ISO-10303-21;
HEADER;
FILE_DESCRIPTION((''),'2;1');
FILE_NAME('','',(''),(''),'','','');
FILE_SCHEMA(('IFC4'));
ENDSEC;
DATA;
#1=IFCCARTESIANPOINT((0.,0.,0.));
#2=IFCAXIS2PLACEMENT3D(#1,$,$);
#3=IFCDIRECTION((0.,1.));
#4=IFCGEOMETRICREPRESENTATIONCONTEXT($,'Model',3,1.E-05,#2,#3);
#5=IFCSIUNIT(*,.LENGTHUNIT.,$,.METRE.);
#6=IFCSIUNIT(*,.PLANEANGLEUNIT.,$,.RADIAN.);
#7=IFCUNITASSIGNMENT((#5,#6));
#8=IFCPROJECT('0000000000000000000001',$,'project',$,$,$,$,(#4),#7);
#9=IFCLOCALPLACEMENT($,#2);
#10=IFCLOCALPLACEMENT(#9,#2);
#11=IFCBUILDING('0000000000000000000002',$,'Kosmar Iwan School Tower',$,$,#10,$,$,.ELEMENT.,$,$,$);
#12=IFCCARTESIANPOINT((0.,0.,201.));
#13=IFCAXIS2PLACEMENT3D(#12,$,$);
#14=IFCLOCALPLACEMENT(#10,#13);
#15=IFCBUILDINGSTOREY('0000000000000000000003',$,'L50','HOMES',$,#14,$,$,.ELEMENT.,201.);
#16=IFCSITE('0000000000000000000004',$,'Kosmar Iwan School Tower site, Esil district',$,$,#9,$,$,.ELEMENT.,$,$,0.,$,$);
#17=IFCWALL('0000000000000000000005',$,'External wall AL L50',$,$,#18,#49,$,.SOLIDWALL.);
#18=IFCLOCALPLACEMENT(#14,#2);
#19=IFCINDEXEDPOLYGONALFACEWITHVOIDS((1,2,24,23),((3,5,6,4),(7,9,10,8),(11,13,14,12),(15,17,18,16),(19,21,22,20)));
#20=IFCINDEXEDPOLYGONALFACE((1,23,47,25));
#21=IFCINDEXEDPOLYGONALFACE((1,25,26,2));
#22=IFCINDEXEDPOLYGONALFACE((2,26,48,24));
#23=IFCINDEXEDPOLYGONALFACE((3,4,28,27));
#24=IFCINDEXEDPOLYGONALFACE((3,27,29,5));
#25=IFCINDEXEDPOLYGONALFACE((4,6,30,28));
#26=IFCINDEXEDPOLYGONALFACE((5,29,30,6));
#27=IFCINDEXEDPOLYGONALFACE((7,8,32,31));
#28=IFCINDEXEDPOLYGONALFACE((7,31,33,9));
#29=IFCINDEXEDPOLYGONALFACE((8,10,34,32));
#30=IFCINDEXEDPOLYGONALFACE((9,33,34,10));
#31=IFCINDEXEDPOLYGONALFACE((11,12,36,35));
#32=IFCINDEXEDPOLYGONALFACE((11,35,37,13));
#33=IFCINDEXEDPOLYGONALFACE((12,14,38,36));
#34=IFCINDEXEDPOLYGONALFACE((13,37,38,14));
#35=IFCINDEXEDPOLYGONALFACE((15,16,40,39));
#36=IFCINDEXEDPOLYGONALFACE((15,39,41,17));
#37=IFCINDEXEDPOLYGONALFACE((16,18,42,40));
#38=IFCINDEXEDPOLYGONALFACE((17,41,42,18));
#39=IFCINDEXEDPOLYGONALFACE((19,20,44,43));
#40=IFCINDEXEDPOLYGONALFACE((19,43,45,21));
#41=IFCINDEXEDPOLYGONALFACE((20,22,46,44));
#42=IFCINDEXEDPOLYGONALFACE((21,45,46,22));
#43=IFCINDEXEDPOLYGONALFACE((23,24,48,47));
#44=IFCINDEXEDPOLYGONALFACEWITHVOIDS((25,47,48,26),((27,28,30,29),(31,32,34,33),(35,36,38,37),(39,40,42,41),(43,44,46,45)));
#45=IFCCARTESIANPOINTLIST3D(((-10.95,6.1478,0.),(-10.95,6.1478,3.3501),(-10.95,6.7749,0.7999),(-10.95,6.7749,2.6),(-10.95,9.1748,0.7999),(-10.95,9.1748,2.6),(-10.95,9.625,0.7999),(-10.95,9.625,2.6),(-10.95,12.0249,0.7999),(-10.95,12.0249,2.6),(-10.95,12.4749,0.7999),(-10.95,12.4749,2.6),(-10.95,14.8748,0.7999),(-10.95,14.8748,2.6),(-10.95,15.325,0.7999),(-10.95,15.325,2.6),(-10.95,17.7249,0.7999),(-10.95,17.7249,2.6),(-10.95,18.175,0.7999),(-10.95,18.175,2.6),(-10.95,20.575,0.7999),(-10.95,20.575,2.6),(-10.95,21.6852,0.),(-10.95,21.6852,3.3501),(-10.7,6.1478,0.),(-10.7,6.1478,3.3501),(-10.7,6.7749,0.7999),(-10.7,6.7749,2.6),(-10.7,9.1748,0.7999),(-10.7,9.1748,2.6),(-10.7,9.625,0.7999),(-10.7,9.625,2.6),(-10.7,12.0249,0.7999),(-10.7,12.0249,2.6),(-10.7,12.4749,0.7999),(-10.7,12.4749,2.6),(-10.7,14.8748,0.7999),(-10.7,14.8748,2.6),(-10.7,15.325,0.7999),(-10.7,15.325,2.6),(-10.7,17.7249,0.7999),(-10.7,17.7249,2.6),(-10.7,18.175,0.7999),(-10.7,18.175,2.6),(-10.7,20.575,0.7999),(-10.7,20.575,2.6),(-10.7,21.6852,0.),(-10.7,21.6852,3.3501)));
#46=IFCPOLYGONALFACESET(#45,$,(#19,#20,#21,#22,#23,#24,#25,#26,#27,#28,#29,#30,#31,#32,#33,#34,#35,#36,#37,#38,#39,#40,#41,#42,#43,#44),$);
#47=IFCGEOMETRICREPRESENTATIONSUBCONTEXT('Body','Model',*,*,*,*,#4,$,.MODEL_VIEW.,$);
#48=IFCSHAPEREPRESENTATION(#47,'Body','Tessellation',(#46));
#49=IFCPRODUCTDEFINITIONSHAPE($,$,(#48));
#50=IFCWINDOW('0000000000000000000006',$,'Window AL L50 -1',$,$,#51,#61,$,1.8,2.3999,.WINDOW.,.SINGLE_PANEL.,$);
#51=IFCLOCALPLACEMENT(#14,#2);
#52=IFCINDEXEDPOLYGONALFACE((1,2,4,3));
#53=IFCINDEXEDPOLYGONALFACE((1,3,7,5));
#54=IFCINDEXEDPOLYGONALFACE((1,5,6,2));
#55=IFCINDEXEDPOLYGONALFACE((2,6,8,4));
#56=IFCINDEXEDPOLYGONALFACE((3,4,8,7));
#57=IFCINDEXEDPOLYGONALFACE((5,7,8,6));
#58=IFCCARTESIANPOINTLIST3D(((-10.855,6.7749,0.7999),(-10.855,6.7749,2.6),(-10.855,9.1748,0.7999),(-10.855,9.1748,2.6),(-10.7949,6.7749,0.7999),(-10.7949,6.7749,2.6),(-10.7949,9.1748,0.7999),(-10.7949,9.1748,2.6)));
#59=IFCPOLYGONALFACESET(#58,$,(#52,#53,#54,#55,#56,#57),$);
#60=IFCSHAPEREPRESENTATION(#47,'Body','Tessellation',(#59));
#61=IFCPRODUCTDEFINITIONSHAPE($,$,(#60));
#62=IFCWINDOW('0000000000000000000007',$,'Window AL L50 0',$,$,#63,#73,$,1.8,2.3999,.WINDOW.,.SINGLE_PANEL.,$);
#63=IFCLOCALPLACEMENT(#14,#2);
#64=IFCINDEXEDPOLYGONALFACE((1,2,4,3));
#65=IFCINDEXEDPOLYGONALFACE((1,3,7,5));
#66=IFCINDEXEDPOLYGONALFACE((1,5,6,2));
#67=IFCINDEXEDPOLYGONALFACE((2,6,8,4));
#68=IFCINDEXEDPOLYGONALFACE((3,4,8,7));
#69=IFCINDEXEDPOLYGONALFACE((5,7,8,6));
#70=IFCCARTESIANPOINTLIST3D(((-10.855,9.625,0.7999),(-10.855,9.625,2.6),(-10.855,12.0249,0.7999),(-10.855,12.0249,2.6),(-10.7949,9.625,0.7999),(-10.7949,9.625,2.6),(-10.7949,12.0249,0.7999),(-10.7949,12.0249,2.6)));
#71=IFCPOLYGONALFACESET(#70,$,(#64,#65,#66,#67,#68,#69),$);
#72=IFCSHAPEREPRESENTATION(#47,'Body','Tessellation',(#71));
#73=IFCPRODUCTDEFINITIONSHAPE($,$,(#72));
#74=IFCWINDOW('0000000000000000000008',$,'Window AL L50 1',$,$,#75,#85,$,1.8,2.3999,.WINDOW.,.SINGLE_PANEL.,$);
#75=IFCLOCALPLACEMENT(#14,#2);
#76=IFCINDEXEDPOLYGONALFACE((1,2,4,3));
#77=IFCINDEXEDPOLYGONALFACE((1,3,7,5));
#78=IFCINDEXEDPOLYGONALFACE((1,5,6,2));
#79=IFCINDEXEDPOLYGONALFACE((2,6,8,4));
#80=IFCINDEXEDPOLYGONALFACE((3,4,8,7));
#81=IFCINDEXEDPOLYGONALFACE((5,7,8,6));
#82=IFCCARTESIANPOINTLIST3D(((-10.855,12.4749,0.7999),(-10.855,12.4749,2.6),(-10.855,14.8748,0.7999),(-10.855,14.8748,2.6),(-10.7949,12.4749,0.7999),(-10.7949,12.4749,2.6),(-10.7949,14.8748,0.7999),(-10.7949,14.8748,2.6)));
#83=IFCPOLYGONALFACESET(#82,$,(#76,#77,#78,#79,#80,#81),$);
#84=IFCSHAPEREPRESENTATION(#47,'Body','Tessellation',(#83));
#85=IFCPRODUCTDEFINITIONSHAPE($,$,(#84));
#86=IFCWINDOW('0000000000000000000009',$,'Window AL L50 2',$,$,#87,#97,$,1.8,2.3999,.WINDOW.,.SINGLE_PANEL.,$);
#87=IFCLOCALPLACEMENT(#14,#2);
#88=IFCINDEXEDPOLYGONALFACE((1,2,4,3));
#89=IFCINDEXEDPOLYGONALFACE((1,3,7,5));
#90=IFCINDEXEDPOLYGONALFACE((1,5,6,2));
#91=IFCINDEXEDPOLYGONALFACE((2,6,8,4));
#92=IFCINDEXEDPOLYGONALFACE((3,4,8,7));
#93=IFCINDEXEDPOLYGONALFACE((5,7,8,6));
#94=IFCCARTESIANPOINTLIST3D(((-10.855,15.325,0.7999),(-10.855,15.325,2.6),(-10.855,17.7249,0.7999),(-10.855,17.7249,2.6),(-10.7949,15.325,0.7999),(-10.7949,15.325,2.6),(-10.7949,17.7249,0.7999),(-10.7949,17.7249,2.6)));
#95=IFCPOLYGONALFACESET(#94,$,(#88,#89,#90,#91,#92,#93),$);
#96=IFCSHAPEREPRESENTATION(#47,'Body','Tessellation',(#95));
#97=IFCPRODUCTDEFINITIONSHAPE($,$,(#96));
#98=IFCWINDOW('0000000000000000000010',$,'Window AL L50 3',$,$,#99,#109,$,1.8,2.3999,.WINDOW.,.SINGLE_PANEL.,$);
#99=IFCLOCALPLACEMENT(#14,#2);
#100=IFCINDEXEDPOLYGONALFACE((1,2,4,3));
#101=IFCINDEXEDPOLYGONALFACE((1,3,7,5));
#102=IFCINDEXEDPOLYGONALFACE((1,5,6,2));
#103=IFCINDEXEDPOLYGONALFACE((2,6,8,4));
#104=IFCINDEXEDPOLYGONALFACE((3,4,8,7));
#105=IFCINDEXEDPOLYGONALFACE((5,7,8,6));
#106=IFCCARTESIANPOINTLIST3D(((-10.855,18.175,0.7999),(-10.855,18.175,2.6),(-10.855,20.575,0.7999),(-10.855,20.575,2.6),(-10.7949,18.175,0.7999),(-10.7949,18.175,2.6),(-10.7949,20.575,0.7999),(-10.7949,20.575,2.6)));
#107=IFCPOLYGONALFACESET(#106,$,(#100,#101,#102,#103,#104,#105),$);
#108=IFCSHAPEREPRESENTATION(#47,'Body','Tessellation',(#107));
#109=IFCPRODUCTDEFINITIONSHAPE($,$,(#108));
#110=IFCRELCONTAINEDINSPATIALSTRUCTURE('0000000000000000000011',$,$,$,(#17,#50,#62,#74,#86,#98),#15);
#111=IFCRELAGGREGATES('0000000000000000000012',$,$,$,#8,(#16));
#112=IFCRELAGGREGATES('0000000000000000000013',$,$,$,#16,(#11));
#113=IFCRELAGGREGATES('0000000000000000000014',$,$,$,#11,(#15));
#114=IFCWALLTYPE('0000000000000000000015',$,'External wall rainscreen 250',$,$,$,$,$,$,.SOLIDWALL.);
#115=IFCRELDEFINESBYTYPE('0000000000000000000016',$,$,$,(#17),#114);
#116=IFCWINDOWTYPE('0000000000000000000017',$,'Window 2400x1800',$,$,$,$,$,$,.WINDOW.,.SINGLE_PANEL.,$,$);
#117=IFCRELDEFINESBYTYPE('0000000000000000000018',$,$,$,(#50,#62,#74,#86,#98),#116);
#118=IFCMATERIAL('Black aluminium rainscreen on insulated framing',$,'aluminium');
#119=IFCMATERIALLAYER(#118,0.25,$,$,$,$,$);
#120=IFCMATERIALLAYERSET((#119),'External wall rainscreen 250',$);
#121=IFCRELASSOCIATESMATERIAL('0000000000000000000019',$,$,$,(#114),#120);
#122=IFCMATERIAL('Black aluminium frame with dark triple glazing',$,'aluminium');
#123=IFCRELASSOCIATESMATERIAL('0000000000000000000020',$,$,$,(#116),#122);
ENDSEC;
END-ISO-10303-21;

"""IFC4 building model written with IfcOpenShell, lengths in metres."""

from ifc_helpers import new_model, si_unit, direction, frame, frame_2d, origin, place, context, subcontext, project, spatial, rectangle, extrude, material, layer, layer_set, type_object, element, fill, save


model = new_model("IFC4")

# Units and contexts
model_context = context("Model", 3, precision=1e-05, world=origin(), true_north=direction((0.0, 1.0)))
body_context = subcontext(model_context, "Body", "Model", "MODEL_VIEW")
ifc_project = project(units=[si_unit("LENGTHUNIT", "METRE"), si_unit("PLANEANGLEUNIT", "RADIAN")], contexts=[model_context])

# Site, building, storey
site_placement = place(None, origin())
site = spatial("IfcSite", under=ifc_project, at=site_placement, Name="Kosmar Iwan School Tower site, Esil district", CompositionType="ELEMENT", RefElevation=0.0)
building_placement = place(site_placement, origin())
building = spatial("IfcBuilding", under=site, at=building_placement, Name="Kosmar Iwan School Tower", CompositionType="ELEMENT")
storey_placement = place(building_placement, frame((0.0, 0.0, 201.0)))
storey = spatial("IfcBuildingStorey", under=building, at=storey_placement, Name="L50", Description="HOMES", CompositionType="ELEMENT", Elevation=201.0)

# Wall, openings, windows
ifc_material_1 = material(Name="Black aluminium rainscreen on insulated framing", Category="aluminium")
ifc_layer_1 = layer(ifc_material_1, 0.25)
ifc_layer_set_1 = layer_set([ifc_layer_1], Name="External wall rainscreen 250")
wall_type_1 = type_object("IfcWallType", Name="External wall rainscreen 250", PredefinedType="SOLIDWALL", material=ifc_layer_set_1)
wall_1_placement = place(storey_placement, frame((-10.825, 6.1479, 0.0), z_axis=(0.0, 0.0, 1.0), x_axis=(0.0, 1.0, 0.0)))
wall_1 = element("IfcWall", 1, at=wall_1_placement, inside=storey, type_object=wall_type_1, Name="External wall AL L50", PredefinedType="SOLIDWALL", context=body_context, shape_type="SweptSolid", body=[
    extrude(rectangle(XDim=15.5374, YDim=0.25, at=frame_2d((7.7686, 0.0))), origin(), (0.0, 0.0, 1.0), 3.3501),
])
opening_1_placement = place(wall_1_placement, frame((0.627, 0.0, 0.8)))
opening_1 = element("IfcOpeningElement", 2, at=opening_1_placement, cuts=wall_1, PredefinedType="OPENING", context=body_context, shape_type="SweptSolid", body=[
    extrude(rectangle(XDim=2.3999, YDim=1.8, at=frame_2d((1.2, 0.8999))), frame((0.0, 0.137, 0.0), z_axis=(0.0, -1.0, 0.0), x_axis=(1.0, 0.0, 0.0)), (0.0, 0.0, 1.0), 0.2739),
])
opening_2_placement = place(wall_1_placement, frame((3.4771, 0.0, 0.8)))
opening_2 = element("IfcOpeningElement", 3, at=opening_2_placement, cuts=wall_1, PredefinedType="OPENING", context=body_context, shape_type="SweptSolid", body=[
    extrude(rectangle(XDim=2.3999, YDim=1.8, at=frame_2d((1.2, 0.8999))), frame((0.0, 0.137, 0.0), z_axis=(0.0, -1.0, 0.0), x_axis=(1.0, 0.0, 0.0)), (0.0, 0.0, 1.0), 0.2739),
])
opening_3_placement = place(wall_1_placement, frame((6.3269, 0.0, 0.8)))
opening_3 = element("IfcOpeningElement", 4, at=opening_3_placement, cuts=wall_1, PredefinedType="OPENING", context=body_context, shape_type="SweptSolid", body=[
    extrude(rectangle(XDim=2.3999, YDim=1.8, at=frame_2d((1.2, 0.8999))), frame((0.0, 0.137, 0.0), z_axis=(0.0, -1.0, 0.0), x_axis=(1.0, 0.0, 0.0)), (0.0, 0.0, 1.0), 0.2739),
])
opening_4_placement = place(wall_1_placement, frame((9.177, 0.0, 0.8)))
opening_4 = element("IfcOpeningElement", 5, at=opening_4_placement, cuts=wall_1, PredefinedType="OPENING", context=body_context, shape_type="SweptSolid", body=[
    extrude(rectangle(XDim=2.3999, YDim=1.8, at=frame_2d((1.2, 0.8999))), frame((0.0, 0.137, 0.0), z_axis=(0.0, -1.0, 0.0), x_axis=(1.0, 0.0, 0.0)), (0.0, 0.0, 1.0), 0.2739),
])
opening_5_placement = place(wall_1_placement, frame((12.0271, 0.0, 0.8)))
opening_5 = element("IfcOpeningElement", 6, at=opening_5_placement, cuts=wall_1, PredefinedType="OPENING", context=body_context, shape_type="SweptSolid", body=[
    extrude(rectangle(XDim=2.3999, YDim=1.8, at=frame_2d((1.2, 0.8999))), frame((0.0, 0.137, 0.0), z_axis=(0.0, -1.0, 0.0), x_axis=(1.0, 0.0, 0.0)), (0.0, 0.0, 1.0), 0.2739),
])
ifc_material_2 = material(Name="Black aluminium frame with dark triple glazing", Category="aluminium")
window_type = type_object("IfcWindowType", Name="Window 2400x1800", PartitioningType="SINGLE_PANEL", PredefinedType="WINDOW", material=ifc_material_2)
window_1_placement = place(opening_1_placement, origin())
window_1 = element("IfcWindow", 7, at=window_1_placement, inside=storey, type_object=window_type, Name="Window AL L50 -1", OverallHeight=1.8, OverallWidth=2.3999, PartitioningType="SINGLE_PANEL", PredefinedType="WINDOW", context=body_context, shape_type="SweptSolid", body=[
    extrude(rectangle(XDim=2.3999, YDim=1.8, at=frame_2d((1.2, 0.8999))), frame((0.0, 0.03, 0.0), z_axis=(0.0, -1.0, 0.0), x_axis=(1.0, 0.0, 0.0)), (0.0, 0.0, 1.0), 0.0601),
])
fill(opening_1, window_1)
window_2_placement = place(opening_2_placement, origin())
window_2 = element("IfcWindow", 8, at=window_2_placement, inside=storey, type_object=window_type, Name="Window AL L50 0", OverallHeight=1.8, OverallWidth=2.3999, PartitioningType="SINGLE_PANEL", PredefinedType="WINDOW", context=body_context, shape_type="SweptSolid", body=[
    extrude(rectangle(XDim=2.3999, YDim=1.8, at=frame_2d((1.2, 0.8999))), frame((0.0, 0.03, 0.0), z_axis=(0.0, -1.0, 0.0), x_axis=(1.0, 0.0, 0.0)), (0.0, 0.0, 1.0), 0.0601),
])
fill(opening_2, window_2)
window_3_placement = place(opening_3_placement, origin())
window_3 = element("IfcWindow", 9, at=window_3_placement, inside=storey, type_object=window_type, Name="Window AL L50 1", OverallHeight=1.8, OverallWidth=2.3999, PartitioningType="SINGLE_PANEL", PredefinedType="WINDOW", context=body_context, shape_type="SweptSolid", body=[
    extrude(rectangle(XDim=2.3999, YDim=1.8, at=frame_2d((1.2, 0.8999))), frame((0.0, 0.03, 0.0), z_axis=(0.0, -1.0, 0.0), x_axis=(1.0, 0.0, 0.0)), (0.0, 0.0, 1.0), 0.0601),
])
fill(opening_3, window_3)
window_4_placement = place(opening_4_placement, origin())
window_4 = element("IfcWindow", 10, at=window_4_placement, inside=storey, type_object=window_type, Name="Window AL L50 2", OverallHeight=1.8, OverallWidth=2.3999, PartitioningType="SINGLE_PANEL", PredefinedType="WINDOW", context=body_context, shape_type="SweptSolid", body=[
    extrude(rectangle(XDim=2.3999, YDim=1.8, at=frame_2d((1.2, 0.8999))), frame((0.0, 0.03, 0.0), z_axis=(0.0, -1.0, 0.0), x_axis=(1.0, 0.0, 0.0)), (0.0, 0.0, 1.0), 0.0601),
])
fill(opening_4, window_4)
window_5_placement = place(opening_5_placement, origin())
window_5 = element("IfcWindow", 11, at=window_5_placement, inside=storey, type_object=window_type, Name="Window AL L50 3", OverallHeight=1.8, OverallWidth=2.3999, PartitioningType="SINGLE_PANEL", PredefinedType="WINDOW", context=body_context, shape_type="SweptSolid", body=[
    extrude(rectangle(XDim=2.3999, YDim=1.8, at=frame_2d((1.2, 0.8999))), frame((0.0, 0.03, 0.0), z_axis=(0.0, -1.0, 0.0), x_axis=(1.0, 0.0, 0.0)), (0.0, 0.0, 1.0), 0.0601),
])
fill(opening_5, window_5)

save(model, "model.ifc")
